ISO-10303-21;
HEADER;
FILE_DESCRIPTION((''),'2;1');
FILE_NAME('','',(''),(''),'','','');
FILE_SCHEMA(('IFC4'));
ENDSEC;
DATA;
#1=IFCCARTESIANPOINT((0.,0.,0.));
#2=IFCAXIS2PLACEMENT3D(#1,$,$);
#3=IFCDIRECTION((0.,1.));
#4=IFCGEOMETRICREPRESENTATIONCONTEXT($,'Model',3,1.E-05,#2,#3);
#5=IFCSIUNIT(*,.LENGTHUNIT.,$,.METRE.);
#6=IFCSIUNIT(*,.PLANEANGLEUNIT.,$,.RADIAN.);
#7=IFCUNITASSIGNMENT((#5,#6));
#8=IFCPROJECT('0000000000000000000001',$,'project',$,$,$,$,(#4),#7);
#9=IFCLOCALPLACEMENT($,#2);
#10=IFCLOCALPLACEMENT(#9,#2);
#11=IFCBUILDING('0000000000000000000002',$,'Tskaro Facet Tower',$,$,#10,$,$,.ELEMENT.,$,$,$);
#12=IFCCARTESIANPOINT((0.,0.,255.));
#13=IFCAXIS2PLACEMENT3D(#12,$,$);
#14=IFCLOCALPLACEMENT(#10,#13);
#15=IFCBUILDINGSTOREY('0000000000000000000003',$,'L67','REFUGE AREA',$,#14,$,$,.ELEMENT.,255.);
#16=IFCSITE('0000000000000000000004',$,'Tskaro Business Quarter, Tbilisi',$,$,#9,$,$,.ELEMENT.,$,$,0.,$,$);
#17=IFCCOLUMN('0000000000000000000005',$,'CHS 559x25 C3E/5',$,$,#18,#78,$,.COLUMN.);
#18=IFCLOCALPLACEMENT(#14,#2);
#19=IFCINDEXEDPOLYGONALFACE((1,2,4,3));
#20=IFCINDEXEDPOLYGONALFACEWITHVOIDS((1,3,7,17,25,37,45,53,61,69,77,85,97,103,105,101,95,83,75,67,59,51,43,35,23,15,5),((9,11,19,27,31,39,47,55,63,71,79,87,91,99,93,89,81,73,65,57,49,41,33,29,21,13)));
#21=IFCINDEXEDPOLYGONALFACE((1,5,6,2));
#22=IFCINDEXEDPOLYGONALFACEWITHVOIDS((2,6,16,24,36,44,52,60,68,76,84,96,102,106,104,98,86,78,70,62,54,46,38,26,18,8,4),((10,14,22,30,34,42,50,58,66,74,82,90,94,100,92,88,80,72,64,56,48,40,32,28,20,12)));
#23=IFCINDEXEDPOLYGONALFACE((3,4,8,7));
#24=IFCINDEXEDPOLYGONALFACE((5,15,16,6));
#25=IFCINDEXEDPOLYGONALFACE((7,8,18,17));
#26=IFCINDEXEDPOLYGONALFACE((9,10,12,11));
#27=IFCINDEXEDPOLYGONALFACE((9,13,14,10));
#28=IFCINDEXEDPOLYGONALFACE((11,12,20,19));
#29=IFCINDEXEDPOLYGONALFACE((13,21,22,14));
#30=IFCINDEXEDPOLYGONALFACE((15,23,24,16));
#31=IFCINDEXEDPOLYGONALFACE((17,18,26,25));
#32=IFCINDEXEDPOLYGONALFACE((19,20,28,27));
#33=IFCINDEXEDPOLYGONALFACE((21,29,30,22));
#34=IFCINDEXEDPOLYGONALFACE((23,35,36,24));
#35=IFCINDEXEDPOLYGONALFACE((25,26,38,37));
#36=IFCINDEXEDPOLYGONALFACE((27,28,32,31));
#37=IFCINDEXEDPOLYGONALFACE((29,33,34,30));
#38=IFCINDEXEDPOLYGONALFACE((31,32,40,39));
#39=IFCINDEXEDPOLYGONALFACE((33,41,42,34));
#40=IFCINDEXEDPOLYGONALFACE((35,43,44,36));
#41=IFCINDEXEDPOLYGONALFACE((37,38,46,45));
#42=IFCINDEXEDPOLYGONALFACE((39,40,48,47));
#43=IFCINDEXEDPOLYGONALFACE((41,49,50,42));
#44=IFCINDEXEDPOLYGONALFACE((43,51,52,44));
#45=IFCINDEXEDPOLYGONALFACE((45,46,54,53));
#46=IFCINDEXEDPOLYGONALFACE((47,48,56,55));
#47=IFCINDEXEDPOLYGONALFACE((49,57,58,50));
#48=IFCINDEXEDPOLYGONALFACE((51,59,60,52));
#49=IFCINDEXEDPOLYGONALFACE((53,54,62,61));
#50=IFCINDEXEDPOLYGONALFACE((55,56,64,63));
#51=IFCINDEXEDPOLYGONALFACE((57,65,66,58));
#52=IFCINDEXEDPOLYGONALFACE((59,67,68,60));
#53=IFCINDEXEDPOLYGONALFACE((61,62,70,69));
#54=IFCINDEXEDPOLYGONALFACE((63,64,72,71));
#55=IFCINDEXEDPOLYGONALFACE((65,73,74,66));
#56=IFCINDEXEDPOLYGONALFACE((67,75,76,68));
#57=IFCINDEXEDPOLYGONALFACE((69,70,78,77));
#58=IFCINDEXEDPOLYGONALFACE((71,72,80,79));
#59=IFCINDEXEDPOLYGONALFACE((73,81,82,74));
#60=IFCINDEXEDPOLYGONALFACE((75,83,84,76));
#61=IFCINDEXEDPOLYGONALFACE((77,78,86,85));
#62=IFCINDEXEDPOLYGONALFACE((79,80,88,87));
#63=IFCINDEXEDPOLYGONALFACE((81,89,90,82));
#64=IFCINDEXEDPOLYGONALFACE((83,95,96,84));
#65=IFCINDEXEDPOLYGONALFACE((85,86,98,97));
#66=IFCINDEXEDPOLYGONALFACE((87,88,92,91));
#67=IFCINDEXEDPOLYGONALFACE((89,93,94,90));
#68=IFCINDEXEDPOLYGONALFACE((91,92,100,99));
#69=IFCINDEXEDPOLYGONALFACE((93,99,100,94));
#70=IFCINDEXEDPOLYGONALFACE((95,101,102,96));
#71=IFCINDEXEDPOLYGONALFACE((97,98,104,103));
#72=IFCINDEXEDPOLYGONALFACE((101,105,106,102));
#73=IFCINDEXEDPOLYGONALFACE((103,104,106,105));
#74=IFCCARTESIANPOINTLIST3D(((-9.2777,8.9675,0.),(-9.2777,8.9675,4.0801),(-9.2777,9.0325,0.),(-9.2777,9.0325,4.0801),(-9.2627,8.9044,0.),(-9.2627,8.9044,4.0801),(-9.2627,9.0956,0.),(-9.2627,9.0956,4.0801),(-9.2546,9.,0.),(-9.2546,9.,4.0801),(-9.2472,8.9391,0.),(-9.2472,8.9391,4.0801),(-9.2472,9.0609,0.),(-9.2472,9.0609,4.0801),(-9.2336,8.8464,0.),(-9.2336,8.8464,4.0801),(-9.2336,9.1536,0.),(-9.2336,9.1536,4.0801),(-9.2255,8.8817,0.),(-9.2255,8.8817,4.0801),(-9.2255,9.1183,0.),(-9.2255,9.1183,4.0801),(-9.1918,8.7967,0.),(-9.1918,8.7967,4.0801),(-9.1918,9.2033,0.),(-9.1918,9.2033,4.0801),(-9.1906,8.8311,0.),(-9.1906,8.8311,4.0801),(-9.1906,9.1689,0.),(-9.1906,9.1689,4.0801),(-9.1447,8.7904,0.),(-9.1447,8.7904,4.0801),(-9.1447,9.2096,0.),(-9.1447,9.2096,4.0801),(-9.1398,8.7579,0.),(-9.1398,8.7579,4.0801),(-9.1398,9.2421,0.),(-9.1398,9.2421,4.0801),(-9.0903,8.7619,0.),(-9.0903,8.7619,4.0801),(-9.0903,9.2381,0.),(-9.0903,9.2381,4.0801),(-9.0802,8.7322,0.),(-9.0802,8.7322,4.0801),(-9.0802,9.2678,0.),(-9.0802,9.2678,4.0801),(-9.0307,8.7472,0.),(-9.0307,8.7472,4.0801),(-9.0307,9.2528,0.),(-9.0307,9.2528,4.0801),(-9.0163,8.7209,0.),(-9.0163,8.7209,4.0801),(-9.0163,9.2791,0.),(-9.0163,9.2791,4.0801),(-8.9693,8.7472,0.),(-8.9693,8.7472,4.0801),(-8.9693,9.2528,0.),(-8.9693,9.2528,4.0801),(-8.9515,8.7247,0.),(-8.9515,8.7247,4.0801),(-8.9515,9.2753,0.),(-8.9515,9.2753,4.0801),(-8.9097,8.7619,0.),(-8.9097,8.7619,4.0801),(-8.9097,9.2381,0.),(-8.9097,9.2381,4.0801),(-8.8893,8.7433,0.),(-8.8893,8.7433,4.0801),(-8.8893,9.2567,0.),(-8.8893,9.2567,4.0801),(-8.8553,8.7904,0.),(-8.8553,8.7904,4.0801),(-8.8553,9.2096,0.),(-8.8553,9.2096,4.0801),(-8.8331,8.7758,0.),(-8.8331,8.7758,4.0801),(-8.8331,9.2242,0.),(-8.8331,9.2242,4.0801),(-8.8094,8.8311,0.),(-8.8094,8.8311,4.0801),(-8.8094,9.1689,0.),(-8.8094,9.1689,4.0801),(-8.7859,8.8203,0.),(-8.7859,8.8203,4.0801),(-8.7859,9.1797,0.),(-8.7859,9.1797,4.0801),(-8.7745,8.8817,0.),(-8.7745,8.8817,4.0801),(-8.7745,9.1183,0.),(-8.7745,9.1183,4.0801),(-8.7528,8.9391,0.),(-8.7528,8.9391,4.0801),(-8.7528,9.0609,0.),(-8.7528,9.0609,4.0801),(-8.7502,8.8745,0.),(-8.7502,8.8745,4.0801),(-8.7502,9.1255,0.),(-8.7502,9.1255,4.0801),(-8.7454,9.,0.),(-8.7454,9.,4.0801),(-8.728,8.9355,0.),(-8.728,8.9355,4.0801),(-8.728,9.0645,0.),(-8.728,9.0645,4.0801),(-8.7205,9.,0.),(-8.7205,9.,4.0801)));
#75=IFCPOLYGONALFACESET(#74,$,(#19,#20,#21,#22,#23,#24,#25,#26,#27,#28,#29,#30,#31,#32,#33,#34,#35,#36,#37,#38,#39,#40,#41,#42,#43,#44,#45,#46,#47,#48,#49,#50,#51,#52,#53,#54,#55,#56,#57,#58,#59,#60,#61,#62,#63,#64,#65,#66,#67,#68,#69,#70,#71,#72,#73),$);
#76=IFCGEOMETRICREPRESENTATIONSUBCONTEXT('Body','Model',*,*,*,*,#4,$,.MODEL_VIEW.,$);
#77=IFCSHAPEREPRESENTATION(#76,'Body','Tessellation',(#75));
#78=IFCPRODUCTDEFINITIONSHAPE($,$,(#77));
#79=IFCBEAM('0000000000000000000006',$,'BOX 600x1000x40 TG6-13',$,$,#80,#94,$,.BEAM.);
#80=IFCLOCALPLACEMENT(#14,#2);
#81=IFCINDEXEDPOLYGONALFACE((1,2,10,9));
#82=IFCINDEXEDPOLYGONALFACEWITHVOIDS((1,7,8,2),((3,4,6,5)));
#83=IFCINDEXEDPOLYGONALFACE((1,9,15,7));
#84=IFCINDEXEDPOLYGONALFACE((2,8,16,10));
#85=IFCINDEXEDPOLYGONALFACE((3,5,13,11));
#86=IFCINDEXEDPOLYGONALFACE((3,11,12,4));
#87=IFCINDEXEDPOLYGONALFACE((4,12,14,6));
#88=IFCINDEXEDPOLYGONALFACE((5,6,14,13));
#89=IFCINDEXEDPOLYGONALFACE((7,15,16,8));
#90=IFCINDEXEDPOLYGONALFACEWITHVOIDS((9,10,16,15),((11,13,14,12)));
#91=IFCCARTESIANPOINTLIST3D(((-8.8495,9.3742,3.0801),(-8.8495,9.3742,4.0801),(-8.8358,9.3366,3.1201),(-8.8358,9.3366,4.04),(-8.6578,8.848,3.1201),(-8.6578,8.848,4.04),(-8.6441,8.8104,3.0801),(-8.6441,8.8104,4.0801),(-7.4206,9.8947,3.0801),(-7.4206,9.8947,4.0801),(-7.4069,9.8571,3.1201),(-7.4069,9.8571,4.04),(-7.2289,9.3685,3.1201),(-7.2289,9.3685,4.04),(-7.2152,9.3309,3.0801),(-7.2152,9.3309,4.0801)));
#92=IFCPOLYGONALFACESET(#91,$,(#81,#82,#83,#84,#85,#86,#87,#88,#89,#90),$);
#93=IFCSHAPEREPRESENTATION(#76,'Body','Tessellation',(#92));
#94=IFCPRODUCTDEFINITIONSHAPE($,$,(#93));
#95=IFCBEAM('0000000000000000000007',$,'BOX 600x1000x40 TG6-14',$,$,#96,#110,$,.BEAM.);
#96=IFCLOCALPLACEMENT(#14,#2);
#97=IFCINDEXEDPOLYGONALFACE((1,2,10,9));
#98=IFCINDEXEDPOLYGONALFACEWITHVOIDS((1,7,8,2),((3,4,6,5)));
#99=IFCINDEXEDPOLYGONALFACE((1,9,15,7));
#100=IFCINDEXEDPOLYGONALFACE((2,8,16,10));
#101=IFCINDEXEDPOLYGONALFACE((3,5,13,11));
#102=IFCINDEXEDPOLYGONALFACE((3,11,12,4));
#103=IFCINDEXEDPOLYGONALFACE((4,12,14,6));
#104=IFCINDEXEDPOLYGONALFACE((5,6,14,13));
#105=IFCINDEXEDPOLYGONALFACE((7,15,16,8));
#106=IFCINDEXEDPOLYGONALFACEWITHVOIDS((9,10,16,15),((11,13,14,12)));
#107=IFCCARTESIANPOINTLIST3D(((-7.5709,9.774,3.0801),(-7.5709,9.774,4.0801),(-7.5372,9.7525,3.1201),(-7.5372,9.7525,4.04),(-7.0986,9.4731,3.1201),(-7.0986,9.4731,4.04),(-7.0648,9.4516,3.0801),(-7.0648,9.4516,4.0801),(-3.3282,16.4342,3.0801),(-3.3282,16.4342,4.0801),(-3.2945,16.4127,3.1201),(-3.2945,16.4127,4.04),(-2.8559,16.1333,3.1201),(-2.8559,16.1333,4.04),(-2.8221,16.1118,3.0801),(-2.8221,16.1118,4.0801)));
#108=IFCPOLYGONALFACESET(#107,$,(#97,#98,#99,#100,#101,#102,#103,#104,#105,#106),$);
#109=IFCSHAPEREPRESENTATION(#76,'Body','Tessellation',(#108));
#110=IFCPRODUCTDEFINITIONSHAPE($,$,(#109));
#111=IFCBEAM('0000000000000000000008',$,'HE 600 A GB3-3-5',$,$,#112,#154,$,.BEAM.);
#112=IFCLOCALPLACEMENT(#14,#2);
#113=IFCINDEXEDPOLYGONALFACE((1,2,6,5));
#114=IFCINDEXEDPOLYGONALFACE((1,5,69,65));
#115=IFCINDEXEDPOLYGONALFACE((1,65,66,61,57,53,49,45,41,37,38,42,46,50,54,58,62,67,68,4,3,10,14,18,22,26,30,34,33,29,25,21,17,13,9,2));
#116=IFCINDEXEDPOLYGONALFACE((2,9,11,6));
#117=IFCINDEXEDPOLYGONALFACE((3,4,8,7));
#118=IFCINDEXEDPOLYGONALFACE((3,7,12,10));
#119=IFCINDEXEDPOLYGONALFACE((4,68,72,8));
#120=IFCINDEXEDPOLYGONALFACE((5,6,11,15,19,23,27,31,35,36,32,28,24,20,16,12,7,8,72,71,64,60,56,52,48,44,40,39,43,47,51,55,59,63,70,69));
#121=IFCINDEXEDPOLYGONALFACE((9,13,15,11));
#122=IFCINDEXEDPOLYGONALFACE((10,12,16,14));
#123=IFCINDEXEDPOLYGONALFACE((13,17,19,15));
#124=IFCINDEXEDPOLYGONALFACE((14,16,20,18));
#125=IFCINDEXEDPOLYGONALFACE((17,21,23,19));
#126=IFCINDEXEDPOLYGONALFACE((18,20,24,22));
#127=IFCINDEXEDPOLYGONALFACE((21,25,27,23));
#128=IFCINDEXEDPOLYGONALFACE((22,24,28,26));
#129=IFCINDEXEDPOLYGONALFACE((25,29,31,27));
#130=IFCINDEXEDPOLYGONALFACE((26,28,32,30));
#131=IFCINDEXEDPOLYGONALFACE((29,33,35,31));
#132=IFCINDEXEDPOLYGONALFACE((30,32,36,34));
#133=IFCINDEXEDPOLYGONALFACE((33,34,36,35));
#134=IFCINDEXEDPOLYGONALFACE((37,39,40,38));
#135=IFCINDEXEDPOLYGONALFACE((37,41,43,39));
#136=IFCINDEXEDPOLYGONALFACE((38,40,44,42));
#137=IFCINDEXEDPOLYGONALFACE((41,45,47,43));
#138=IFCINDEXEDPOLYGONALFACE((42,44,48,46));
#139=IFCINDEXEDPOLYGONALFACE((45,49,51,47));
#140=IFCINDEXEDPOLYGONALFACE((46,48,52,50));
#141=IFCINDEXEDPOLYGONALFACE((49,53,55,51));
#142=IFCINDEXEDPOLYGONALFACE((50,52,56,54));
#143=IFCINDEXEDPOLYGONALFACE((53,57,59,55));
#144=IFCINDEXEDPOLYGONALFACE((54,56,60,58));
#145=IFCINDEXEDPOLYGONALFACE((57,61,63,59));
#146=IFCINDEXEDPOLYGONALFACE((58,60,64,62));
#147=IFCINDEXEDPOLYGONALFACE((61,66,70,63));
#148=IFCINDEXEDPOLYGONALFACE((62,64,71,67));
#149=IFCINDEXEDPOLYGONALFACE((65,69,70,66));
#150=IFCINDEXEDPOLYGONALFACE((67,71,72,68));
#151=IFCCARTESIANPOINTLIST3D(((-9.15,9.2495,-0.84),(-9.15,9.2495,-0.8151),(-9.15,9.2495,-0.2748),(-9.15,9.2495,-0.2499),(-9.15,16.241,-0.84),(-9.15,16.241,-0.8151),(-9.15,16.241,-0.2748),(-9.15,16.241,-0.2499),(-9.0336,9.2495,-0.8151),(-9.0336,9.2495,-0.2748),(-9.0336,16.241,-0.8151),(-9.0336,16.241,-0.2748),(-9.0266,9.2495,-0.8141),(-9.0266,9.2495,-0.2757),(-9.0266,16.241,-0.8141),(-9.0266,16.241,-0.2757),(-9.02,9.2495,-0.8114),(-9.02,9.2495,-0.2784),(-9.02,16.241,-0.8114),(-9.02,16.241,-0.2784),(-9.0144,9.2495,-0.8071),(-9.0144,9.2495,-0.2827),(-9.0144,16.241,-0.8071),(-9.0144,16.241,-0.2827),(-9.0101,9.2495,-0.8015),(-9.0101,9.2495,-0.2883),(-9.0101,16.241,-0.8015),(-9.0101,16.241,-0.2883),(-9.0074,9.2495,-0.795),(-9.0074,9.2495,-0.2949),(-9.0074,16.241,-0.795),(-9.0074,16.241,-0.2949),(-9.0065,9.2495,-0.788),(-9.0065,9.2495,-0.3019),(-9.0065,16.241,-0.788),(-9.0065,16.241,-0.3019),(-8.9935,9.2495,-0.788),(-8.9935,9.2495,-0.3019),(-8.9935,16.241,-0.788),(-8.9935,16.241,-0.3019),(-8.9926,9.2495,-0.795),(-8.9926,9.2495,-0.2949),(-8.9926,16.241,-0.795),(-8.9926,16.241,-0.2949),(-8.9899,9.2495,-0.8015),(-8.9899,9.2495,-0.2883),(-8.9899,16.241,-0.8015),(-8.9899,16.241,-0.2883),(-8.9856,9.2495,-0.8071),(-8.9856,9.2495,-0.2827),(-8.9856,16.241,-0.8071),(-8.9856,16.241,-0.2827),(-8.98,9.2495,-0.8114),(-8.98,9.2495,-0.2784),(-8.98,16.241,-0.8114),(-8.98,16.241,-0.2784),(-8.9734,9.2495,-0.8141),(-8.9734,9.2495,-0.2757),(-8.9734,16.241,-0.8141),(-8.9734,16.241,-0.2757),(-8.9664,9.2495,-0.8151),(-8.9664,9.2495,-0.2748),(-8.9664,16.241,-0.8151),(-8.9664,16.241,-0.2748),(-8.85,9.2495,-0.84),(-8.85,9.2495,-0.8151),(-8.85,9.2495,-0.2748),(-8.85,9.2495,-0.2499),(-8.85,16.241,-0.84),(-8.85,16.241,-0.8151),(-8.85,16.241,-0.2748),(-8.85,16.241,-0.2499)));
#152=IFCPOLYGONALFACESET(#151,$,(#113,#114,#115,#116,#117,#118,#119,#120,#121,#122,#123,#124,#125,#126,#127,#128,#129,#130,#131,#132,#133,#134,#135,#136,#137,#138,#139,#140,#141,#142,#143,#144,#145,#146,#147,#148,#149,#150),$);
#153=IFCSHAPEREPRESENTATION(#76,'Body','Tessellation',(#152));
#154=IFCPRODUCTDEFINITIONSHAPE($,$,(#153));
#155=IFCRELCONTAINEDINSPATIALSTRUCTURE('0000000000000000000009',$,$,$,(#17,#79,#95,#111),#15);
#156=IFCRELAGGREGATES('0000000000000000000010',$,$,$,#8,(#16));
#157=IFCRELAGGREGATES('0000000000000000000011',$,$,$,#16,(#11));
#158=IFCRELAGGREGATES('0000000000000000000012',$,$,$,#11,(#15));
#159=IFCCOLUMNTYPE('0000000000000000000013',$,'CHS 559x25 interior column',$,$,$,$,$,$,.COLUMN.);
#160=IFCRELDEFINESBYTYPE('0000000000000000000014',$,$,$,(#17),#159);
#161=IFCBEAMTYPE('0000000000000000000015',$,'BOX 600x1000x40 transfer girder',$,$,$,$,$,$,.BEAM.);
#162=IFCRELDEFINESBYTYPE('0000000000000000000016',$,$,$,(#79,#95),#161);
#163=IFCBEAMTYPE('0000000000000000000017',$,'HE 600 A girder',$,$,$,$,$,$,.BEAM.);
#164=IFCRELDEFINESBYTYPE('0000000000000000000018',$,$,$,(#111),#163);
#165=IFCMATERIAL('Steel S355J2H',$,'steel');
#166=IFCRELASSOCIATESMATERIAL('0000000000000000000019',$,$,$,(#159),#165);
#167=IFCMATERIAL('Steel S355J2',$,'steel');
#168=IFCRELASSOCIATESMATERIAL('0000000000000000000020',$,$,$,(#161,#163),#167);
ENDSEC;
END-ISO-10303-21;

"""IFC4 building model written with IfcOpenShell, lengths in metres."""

from ifc_helpers import new_model, si_unit, direction, frame, origin, origin_2d, place, context, subcontext, project, spatial, hollow_rectangle, hollow_circle, i_section, extrude, material, material_profile, profile_set, type_object, element, save


model = new_model("IFC4")

# Units and contexts
model_context = context("Model", 3, precision=1e-05, world=origin(), true_north=direction((0.0, 1.0)))
body_context = subcontext(model_context, "Body", "Model", "MODEL_VIEW")
ifc_project = project(units=[si_unit("LENGTHUNIT", "METRE"), si_unit("PLANEANGLEUNIT", "RADIAN")], contexts=[model_context])

# Site, building, storey
site_placement = place(None, origin())
site = spatial("IfcSite", under=ifc_project, at=site_placement, Name="Tskaro Business Quarter, Tbilisi", CompositionType="ELEMENT", RefElevation=0.0)
building_placement = place(site_placement, origin())
building = spatial("IfcBuilding", under=site, at=building_placement, Name="Tskaro Facet Tower", CompositionType="ELEMENT")
storey_placement = place(building_placement, frame((0.0, 0.0, 255.0)))
storey = spatial("IfcBuildingStorey", under=building, at=storey_placement, Name="L67", Description="REFUGE AREA", CompositionType="ELEMENT", Elevation=255.0)

# Column
ifc_material_1 = material(Name="Steel S355J2H", Category="steel")
ifc_material_profile_1 = material_profile(ifc_material_1, hollow_circle(Radius=0.2795, WallThickness=0.0249, at=origin_2d()), Name="CHS 559x25")
ifc_profile_set_1 = profile_set([ifc_material_profile_1], Name="Steel S355J2H")
column_type = type_object("IfcColumnType", Name="CHS 559x25 interior column", PredefinedType="COLUMN", material=ifc_profile_set_1)
column_placement = place(storey_placement, frame((-9.0, 9.0, 0.0), z_axis=(0.0, 0.0, 1.0), x_axis=(1.0, 0.0, 0.0)))
element("IfcColumn", 1, at=column_placement, inside=storey, type_object=column_type, Name="CHS 559x25 C3E/5", PredefinedType="COLUMN", context=body_context, shape_type="SweptSolid", body=[
    extrude(hollow_circle(Radius=0.2795, WallThickness=0.0249, at=origin_2d()), origin(), (0.0, 0.0, 1.0), 4.0801),
])

# Beams
ifc_material_2 = material(Name="Steel S355J2", Category="steel")
ifc_material_profile_2 = material_profile(ifc_material_2, hollow_rectangle(XDim=0.6001, YDim=1.0, WallThickness=0.04, at=origin_2d()), Name="BOX 600x1000x40")
ifc_profile_set_2 = profile_set([ifc_material_profile_2], Name="Steel S355J2")
beam_type_1 = type_object("IfcBeamType", Name="BOX 600x1000x40 transfer girder", PredefinedType="BEAM", material=ifc_profile_set_2)
beam_1_placement = place(storey_placement, frame((-7.3179, 9.6128, 3.5801), z_axis=(-0.939606, -0.342259, 0.0), x_axis=(0.342259, -0.939606, 0.0)))
element("IfcBeam", 2, at=beam_1_placement, inside=storey, type_object=beam_type_1, Name="BOX 600x1000x40 TG6-13", PredefinedType="BEAM", context=body_context, shape_type="SweptSolid", body=[
    extrude(hollow_rectangle(XDim=0.6001, YDim=1.0, WallThickness=0.04, at=origin_2d()), origin(), (0.0, 0.0, 1.0), 1.5208),
])
beam_2_placement = place(storey_placement, frame((-7.3179, 9.6128, 3.5801), z_axis=(0.537272, 0.843409, 0.0), x_axis=(-0.843409, 0.537272, 0.0)))
element("IfcBeam", 3, at=beam_2_placement, inside=storey, type_object=beam_type_1, Name="BOX 600x1000x40 TG6-14", PredefinedType="BEAM", context=body_context, shape_type="SweptSolid", body=[
    extrude(hollow_rectangle(XDim=0.6001, YDim=1.0, WallThickness=0.04, at=origin_2d()), origin(), (0.0, 0.0, 1.0), 7.8967),
])
ifc_material_profile_3 = material_profile(ifc_material_2, i_section(OverallWidth=0.3, OverallDepth=0.5901, WebThickness=0.0129, FlangeThickness=0.0249, FilletRadius=0.0271, at=origin_2d()), Name="HE 600 A")
ifc_profile_set_3 = profile_set([ifc_material_profile_3], Name="Steel S355J2")
beam_type_2 = type_object("IfcBeamType", Name="HE 600 A girder", PredefinedType="BEAM", material=ifc_profile_set_3)
beam_3_placement = place(storey_placement, frame((-9.0, 9.2495, -0.5449), z_axis=(0.0, 1.0, 0.0), x_axis=(-1.0, 0.0, 0.0)))
element("IfcBeam", 4, at=beam_3_placement, inside=storey, type_object=beam_type_2, Name="HE 600 A GB3-3-5", PredefinedType="BEAM", context=body_context, shape_type="SweptSolid", body=[
    extrude(i_section(OverallWidth=0.3, OverallDepth=0.5901, WebThickness=0.0129, FlangeThickness=0.0249, FilletRadius=0.0271, at=origin_2d()), origin(), (0.0, 0.0, 1.0), 6.9915),
])

save(model, "model.ifc")
